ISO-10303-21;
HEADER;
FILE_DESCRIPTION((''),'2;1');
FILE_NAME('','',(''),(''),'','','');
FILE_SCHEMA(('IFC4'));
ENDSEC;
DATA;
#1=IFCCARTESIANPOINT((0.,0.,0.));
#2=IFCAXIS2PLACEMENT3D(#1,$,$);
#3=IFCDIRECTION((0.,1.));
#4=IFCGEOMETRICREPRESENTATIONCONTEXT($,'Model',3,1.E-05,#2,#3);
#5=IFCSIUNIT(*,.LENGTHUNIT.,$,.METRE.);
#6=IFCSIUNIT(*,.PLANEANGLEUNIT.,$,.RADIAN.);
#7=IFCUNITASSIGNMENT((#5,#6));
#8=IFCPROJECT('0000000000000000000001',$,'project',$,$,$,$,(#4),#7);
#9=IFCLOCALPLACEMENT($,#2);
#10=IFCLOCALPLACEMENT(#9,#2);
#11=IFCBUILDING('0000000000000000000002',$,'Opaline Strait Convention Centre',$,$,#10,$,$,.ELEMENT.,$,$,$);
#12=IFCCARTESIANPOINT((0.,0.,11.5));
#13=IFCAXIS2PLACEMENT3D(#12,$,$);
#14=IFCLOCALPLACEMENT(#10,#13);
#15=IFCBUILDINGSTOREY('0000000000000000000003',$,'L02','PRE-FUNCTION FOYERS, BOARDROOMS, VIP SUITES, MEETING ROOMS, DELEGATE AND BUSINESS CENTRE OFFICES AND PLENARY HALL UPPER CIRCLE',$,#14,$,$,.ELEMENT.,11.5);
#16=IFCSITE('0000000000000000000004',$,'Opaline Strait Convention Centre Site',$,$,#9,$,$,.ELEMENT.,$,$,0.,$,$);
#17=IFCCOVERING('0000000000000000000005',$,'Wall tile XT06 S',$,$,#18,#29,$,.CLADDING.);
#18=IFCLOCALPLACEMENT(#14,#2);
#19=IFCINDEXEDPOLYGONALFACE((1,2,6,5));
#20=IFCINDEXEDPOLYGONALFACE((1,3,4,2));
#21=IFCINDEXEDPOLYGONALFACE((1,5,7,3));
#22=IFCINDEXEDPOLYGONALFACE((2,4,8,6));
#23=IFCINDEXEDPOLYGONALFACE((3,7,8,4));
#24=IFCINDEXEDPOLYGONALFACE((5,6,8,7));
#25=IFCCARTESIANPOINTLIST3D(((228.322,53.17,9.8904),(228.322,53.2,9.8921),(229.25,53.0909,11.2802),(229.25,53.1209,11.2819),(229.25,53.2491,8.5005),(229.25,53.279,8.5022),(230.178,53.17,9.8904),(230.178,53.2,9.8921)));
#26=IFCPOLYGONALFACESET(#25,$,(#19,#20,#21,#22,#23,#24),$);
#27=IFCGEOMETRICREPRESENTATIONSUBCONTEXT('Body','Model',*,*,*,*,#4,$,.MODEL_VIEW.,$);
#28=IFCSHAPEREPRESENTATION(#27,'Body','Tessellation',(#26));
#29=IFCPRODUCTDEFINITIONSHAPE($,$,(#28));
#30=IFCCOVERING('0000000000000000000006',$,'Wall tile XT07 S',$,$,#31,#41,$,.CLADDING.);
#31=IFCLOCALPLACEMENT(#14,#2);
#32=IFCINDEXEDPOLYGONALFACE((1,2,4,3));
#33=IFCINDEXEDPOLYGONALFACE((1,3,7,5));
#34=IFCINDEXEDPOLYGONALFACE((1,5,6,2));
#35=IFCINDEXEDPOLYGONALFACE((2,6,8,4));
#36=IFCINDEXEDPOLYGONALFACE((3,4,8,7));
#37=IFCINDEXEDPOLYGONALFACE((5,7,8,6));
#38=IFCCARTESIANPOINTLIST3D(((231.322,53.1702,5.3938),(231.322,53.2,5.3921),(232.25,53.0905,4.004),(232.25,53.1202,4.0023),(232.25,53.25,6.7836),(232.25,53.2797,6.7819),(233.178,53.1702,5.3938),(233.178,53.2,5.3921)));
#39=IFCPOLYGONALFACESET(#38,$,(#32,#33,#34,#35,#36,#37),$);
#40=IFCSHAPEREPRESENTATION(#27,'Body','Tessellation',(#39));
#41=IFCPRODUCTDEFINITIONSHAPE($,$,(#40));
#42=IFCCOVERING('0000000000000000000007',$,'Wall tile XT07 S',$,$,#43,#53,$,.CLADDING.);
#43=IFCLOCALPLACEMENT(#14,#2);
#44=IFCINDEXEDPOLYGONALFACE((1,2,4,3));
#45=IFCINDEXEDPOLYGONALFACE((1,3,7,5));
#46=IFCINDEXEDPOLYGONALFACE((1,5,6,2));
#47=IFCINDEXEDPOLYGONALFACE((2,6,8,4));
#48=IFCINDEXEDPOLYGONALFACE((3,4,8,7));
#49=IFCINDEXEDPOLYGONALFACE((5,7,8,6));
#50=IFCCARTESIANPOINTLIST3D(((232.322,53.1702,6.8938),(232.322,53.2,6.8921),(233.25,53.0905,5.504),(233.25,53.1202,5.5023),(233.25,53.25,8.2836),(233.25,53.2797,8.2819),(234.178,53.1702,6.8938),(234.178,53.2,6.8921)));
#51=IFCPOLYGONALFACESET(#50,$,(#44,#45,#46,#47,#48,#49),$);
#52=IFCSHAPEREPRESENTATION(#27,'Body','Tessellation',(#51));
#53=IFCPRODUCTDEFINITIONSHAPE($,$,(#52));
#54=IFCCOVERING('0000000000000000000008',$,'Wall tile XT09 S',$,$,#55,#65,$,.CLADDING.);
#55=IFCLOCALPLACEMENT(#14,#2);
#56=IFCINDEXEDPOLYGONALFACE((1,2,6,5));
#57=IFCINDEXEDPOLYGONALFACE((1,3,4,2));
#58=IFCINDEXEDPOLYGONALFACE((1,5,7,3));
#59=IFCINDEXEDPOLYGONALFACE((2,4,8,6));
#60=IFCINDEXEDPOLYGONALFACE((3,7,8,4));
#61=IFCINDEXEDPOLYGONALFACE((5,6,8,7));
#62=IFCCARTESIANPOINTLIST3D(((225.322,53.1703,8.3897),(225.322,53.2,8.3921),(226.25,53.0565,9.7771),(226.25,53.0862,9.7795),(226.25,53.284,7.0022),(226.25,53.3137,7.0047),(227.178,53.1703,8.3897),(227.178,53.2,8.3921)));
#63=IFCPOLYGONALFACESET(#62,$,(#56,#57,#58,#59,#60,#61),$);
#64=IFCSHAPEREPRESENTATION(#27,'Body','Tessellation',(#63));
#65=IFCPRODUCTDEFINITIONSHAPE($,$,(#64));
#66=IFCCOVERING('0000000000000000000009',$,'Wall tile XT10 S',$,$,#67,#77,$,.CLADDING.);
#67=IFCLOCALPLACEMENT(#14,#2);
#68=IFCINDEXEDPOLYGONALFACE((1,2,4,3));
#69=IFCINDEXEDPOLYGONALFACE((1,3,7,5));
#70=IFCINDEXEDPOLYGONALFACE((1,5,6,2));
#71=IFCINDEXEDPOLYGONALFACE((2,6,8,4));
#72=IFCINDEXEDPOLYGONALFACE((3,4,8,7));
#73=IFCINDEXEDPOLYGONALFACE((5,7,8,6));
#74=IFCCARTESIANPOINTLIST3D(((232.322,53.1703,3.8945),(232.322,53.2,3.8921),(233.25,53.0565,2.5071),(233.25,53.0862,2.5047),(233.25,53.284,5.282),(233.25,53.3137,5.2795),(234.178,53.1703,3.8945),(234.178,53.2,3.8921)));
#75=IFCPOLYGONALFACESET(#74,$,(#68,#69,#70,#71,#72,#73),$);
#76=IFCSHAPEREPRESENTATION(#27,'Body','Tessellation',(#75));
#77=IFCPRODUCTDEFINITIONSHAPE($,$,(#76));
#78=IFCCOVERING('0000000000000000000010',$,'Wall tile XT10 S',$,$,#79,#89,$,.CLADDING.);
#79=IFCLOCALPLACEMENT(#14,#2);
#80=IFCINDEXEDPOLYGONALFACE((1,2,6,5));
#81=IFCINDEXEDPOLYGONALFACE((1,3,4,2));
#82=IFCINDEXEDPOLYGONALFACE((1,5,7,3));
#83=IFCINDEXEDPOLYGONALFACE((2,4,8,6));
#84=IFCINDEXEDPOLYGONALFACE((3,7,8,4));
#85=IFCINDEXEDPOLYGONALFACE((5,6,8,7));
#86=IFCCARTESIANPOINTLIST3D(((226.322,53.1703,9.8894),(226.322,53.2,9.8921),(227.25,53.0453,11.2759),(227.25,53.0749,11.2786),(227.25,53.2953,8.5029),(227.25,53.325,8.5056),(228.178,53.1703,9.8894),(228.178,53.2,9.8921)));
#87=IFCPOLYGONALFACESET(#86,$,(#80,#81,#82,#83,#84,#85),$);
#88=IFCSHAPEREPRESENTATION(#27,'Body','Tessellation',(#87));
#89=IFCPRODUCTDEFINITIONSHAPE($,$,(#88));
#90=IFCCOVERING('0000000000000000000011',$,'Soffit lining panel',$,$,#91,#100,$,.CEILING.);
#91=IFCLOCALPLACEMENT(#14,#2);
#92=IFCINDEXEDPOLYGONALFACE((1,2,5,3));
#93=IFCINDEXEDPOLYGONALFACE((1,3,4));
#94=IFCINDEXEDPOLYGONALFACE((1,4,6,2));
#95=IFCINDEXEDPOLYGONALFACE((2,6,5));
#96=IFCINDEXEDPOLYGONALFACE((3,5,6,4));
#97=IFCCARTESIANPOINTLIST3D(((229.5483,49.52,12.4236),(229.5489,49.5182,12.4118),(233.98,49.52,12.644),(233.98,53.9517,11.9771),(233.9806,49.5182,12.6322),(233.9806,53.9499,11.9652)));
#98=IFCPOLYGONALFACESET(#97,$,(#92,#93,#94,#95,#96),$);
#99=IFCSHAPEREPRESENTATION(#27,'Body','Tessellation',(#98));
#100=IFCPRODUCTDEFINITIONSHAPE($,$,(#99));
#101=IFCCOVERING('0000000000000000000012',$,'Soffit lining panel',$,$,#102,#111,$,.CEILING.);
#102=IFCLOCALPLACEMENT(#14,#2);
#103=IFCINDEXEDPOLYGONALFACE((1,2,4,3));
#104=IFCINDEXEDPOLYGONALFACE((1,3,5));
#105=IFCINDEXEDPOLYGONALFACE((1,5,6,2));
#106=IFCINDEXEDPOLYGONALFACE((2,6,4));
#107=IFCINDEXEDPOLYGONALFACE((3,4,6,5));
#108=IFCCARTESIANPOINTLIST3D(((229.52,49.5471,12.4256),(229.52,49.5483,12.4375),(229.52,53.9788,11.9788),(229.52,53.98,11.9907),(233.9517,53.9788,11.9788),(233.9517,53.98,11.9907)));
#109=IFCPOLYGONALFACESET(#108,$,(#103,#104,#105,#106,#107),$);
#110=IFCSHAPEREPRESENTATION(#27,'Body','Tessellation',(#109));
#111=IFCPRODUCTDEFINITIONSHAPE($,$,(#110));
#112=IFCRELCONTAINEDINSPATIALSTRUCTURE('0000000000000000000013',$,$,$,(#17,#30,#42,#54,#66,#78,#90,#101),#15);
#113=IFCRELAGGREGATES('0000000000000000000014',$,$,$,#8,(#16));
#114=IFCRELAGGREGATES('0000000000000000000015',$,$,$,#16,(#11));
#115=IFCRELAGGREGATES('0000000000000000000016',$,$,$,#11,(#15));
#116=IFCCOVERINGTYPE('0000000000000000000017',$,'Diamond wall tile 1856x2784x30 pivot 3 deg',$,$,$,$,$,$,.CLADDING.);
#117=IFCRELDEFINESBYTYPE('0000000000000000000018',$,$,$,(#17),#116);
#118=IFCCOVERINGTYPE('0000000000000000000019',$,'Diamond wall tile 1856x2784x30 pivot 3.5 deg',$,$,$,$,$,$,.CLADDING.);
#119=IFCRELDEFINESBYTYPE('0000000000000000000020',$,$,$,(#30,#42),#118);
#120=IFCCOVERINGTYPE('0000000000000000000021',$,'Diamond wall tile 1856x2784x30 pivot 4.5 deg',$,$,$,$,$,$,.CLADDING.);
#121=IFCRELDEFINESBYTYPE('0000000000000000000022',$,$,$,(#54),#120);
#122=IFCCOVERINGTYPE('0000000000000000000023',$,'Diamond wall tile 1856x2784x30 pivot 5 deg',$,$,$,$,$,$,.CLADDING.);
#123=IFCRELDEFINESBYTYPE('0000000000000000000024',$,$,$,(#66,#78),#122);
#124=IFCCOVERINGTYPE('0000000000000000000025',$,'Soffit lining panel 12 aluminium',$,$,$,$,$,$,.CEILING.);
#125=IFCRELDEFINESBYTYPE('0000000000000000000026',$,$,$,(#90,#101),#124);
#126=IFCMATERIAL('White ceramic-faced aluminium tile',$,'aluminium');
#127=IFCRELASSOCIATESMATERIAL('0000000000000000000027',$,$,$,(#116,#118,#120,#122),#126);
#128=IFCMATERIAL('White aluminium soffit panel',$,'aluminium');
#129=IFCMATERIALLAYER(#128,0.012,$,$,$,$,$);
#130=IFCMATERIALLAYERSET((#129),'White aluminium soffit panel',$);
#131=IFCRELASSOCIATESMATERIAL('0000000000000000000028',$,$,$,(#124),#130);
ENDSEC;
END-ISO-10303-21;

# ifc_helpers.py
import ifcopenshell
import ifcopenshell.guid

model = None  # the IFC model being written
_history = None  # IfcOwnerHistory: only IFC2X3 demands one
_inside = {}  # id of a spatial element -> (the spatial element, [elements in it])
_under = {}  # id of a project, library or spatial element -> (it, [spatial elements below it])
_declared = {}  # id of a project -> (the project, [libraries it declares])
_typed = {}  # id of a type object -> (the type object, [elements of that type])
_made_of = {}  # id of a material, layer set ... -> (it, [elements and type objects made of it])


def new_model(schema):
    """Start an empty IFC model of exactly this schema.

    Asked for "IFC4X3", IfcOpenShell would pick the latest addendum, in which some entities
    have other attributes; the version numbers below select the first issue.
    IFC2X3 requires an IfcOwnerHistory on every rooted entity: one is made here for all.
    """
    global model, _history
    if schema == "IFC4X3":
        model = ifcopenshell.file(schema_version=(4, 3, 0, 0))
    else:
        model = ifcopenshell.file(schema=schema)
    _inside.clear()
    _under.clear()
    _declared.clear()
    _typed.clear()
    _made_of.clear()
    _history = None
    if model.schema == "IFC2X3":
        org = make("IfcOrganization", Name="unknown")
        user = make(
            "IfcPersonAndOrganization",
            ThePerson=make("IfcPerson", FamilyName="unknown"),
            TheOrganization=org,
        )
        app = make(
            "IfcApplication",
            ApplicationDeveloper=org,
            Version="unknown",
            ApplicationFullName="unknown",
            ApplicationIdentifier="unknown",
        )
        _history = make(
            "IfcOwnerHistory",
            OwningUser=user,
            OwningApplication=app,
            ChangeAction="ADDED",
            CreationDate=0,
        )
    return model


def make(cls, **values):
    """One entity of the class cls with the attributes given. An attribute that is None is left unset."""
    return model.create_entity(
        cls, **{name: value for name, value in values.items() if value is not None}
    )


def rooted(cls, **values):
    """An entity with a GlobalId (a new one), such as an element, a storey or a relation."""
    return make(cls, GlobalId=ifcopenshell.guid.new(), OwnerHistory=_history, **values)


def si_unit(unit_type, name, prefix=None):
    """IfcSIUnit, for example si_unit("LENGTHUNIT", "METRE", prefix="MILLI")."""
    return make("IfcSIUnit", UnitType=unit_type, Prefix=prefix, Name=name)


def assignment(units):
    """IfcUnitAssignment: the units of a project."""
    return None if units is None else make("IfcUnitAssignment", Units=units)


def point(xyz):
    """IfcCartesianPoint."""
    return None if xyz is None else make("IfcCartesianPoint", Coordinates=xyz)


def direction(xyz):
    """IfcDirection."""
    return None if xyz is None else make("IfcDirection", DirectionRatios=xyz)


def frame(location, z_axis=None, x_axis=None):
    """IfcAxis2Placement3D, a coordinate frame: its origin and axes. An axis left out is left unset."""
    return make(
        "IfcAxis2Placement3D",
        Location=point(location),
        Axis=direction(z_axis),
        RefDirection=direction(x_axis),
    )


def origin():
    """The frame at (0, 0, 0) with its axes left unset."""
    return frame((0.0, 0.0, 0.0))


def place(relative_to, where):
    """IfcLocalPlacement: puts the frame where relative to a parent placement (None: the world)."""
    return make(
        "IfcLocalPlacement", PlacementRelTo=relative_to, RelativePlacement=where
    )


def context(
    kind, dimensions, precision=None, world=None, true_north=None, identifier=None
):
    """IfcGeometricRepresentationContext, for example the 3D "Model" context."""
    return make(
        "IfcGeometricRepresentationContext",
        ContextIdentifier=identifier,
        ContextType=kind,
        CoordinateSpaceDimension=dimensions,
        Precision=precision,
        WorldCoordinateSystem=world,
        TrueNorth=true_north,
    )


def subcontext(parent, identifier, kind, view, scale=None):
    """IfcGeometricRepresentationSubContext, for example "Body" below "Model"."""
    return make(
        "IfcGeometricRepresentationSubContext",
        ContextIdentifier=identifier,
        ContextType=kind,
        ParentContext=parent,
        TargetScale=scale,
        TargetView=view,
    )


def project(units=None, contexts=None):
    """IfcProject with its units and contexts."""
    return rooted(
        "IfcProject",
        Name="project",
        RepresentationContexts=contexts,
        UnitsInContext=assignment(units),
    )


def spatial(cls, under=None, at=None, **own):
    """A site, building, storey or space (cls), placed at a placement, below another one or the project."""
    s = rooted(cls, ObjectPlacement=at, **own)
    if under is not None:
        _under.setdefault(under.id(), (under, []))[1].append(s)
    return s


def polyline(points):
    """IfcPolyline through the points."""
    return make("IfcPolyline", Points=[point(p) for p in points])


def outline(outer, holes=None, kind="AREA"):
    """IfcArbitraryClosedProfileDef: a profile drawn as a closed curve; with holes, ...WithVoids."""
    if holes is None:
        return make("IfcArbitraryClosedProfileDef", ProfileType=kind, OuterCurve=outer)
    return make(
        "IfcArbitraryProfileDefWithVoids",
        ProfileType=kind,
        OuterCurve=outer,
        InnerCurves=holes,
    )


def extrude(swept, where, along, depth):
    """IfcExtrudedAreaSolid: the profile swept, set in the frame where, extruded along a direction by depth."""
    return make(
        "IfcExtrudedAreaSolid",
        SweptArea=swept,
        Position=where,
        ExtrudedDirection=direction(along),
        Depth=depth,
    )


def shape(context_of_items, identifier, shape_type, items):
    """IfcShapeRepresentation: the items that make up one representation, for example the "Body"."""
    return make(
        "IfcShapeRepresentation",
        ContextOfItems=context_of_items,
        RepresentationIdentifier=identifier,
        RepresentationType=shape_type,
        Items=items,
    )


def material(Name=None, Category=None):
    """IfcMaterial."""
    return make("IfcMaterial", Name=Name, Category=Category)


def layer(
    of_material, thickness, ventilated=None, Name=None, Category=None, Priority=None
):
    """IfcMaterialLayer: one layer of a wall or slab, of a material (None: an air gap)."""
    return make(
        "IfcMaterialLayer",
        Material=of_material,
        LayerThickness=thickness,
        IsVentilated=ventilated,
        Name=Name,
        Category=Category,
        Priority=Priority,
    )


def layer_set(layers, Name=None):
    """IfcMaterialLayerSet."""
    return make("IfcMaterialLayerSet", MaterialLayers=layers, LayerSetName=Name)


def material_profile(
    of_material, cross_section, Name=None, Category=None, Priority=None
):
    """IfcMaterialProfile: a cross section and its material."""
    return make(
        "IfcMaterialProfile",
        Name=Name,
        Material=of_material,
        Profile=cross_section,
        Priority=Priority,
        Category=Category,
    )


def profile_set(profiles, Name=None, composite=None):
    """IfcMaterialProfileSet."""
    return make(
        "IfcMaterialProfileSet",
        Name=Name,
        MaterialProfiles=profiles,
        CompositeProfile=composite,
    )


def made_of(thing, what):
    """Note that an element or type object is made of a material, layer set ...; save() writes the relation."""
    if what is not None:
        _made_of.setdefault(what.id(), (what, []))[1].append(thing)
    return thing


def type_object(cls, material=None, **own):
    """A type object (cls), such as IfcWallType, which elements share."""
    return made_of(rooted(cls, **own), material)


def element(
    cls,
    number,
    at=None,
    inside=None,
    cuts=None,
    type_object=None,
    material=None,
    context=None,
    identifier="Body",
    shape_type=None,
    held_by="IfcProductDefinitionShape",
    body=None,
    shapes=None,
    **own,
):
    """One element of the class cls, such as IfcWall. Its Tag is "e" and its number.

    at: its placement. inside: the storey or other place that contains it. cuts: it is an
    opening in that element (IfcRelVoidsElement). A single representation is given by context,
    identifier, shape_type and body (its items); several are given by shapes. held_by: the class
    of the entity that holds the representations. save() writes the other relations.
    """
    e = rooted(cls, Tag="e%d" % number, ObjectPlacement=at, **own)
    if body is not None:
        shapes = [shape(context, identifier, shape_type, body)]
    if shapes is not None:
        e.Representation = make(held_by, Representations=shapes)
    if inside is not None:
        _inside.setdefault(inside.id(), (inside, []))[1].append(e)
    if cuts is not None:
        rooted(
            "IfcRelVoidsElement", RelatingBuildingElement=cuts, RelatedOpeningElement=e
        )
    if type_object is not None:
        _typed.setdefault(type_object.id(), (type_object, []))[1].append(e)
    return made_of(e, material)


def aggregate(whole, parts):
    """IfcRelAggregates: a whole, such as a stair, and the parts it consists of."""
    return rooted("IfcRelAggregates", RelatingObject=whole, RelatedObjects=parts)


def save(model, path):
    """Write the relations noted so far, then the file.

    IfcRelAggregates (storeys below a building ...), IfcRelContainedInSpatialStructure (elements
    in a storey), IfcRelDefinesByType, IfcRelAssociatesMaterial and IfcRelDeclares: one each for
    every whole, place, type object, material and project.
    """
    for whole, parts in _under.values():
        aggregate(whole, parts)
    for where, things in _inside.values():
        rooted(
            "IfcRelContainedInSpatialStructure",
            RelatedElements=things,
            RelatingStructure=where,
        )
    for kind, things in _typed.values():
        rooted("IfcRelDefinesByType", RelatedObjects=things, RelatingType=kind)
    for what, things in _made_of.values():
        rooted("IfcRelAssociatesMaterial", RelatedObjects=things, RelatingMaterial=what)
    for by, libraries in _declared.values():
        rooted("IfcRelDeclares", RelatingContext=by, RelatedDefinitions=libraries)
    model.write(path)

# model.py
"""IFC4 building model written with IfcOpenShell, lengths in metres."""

from ifc_helpers import new_model, si_unit, direction, frame, origin, place, context, subcontext, project, spatial, polyline, outline, extrude, material, layer, layer_set, material_profile, profile_set, type_object, element, save


model = new_model("IFC4")

# Units and contexts
model_context = context("Model", 3, precision=1e-05, world=origin(), true_north=direction((0.0, 1.0)))
body_context = subcontext(model_context, "Body", "Model", "MODEL_VIEW")
ifc_project = project(units=[si_unit("LENGTHUNIT", "METRE"), si_unit("PLANEANGLEUNIT", "RADIAN")], contexts=[model_context])

# Site, building, storey
site_placement = place(None, origin())
site = spatial("IfcSite", under=ifc_project, at=site_placement, Name="Opaline Strait Convention Centre Site", CompositionType="ELEMENT", RefElevation=0.0)
building_placement = place(site_placement, origin())
building = spatial("IfcBuilding", under=site, at=building_placement, Name="Opaline Strait Convention Centre", CompositionType="ELEMENT")
storey_placement = place(building_placement, frame((0.0, 0.0, 11.5)))
storey = spatial("IfcBuildingStorey", under=building, at=storey_placement, Name="L02", Description="PRE-FUNCTION FOYERS, BOARDROOMS, VIP SUITES, MEETING ROOMS, DELEGATE AND BUSINESS CENTRE OFFICES AND PLENARY HALL UPPER CIRCLE", CompositionType="ELEMENT", Elevation=11.5)

# Coverings
ifc_material_1 = material(Name="White ceramic-faced aluminium tile", Category="aluminium")
ifc_material_profile_1 = material_profile(ifc_material_1, outline(polyline([(0.928, 0.0), (0.0, 1.3921), (-0.928, 0.0), (0.0, -1.3921), (0.928, 0.0)])), Name="Diamond tile 1856x2784")
ifc_profile_set_1 = profile_set([ifc_material_profile_1], Name="White ceramic-faced aluminium tile")
covering_type_1 = type_object("IfcCoveringType", Name="Diamond wall tile 1856x2784x30 pivot 3 deg", PredefinedType="CLADDING", material=ifc_profile_set_1)
for number, where, z_axis, x_axis, name in (
    (1, (229.25, 53.2, 9.8921), (0.0, -0.998385, -0.056819), (1.0, 0.0, 0.0), "Wall tile XT06 S"),
):
    element("IfcCovering", number, at=place(storey_placement, frame(where, z_axis=z_axis, x_axis=x_axis)), inside=storey, type_object=covering_type_1, Name=name, PredefinedType="CLADDING", context=body_context, shape_type="SweptSolid", body=[
        extrude(outline(polyline([(0.928, 0.0), (0.0, 1.3921), (-0.928, 0.0), (0.0, -1.3921), (0.928, 0.0)])), origin(), (0.0, 0.0, 1.0), 0.03),
    ])
ifc_material_profile_2 = material_profile(ifc_material_1, outline(polyline([(0.928, 0.0), (0.0, 1.3921), (-0.928, 0.0), (0.0, -1.3921), (0.928, 0.0)])), Name="Diamond tile 1856x2784")
ifc_profile_set_2 = profile_set([ifc_material_profile_2], Name="White ceramic-faced aluminium tile")
covering_type_2 = type_object("IfcCoveringType", Name="Diamond wall tile 1856x2784x30 pivot 3.5 deg", PredefinedType="CLADDING", material=ifc_profile_set_2)
for number, where, z_axis, x_axis, name in (
    (2, (232.25, 53.2, 5.3921), (0.0, -0.998358, 0.057283), (1.0, 0.0, 0.0), "Wall tile XT07 S"),
    (3, (233.25, 53.2, 6.8921), (0.0, -0.998358, 0.057283), (1.0, 0.0, 0.0), "Wall tile XT07 S"),
):
    element("IfcCovering", number, at=place(storey_placement, frame(where, z_axis=z_axis, x_axis=x_axis)), inside=storey, type_object=covering_type_2, Name=name, PredefinedType="CLADDING", context=body_context, shape_type="SweptSolid", body=[
        extrude(outline(polyline([(0.928, 0.0), (0.0, 1.3921), (-0.928, 0.0), (0.0, -1.3921), (0.928, 0.0)])), origin(), (0.0, 0.0, 1.0), 0.0298),
    ])
ifc_material_profile_3 = material_profile(ifc_material_1, outline(polyline([(0.928, 0.0), (0.0, 1.3921), (-0.928, 0.0), (0.0, -1.3921), (0.928, 0.0)])), Name="Diamond tile 1856x2784")
ifc_profile_set_3 = profile_set([ifc_material_profile_3], Name="White ceramic-faced aluminium tile")
covering_type_3 = type_object("IfcCoveringType", Name="Diamond wall tile 1856x2784x30 pivot 4.5 deg", PredefinedType="CLADDING", material=ifc_profile_set_3)
covering_1_placement = place(storey_placement, frame((226.25, 53.2, 8.3921), z_axis=(0.0, -0.996658, -0.081693), x_axis=(1.0, 0.0, 0.0)))
element("IfcCovering", 4, at=covering_1_placement, inside=storey, type_object=covering_type_3, Name="Wall tile XT09 S", PredefinedType="CLADDING", context=body_context, shape_type="SweptSolid", body=[
    extrude(outline(polyline([(0.928, 0.0), (0.0, 1.3921), (-0.928, 0.0), (0.0, -1.3921), (0.928, 0.0)])), origin(), (0.0, 0.0, 1.0), 0.0298),
])
ifc_material_profile_4 = material_profile(ifc_material_1, outline(polyline([(0.928, 0.0), (0.0, 1.3921), (-0.928, 0.0), (0.0, -1.3921), (0.928, 0.0)])), Name="Diamond tile 1856x2784")
ifc_profile_set_4 = profile_set([ifc_material_profile_4], Name="White ceramic-faced aluminium tile")
covering_type_4 = type_object("IfcCoveringType", Name="Diamond wall tile 1856x2784x30 pivot 5 deg", PredefinedType="CLADDING", material=ifc_profile_set_4)
for number, where, z_axis, x_axis, name in (
    (5, (233.25, 53.2, 3.8921), (0.0, -0.996658, 0.081693), (1.0, 0.0, 0.0), "Wall tile XT10 S"),
    (6, (227.25, 53.2, 9.8921), (0.0, -0.99596, -0.0898), (1.0, 0.0, 0.0), "Wall tile XT10 S"),
):
    element("IfcCovering", number, at=place(storey_placement, frame(where, z_axis=z_axis, x_axis=x_axis)), inside=storey, type_object=covering_type_4, Name=name, PredefinedType="CLADDING", context=body_context, shape_type="SweptSolid", body=[
        extrude(outline(polyline([(0.928, 0.0), (0.0, 1.3921), (-0.928, 0.0), (0.0, -1.3921), (0.928, 0.0)])), origin(), (0.0, 0.0, 1.0), 0.0298),
    ])
ifc_material_2 = material(Name="White aluminium soffit panel", Category="aluminium")
ifc_layer = layer(ifc_material_2, 0.012)
ifc_layer_set = layer_set([ifc_layer], Name="White aluminium soffit panel")
covering_type_5 = type_object("IfcCoveringType", Name="Soffit lining panel 12 aluminium", PredefinedType="CEILING", material=ifc_layer_set)
covering_2_placement = place(storey_placement, frame((229.5483, 49.52, 12.4236), z_axis=(-0.049133, 0.148651, 0.987668), x_axis=(0.705319, 0.705319, -0.071068)))
element("IfcCovering", 7, at=covering_2_placement, inside=storey, type_object=covering_type_5, Name="Soffit lining panel", PredefinedType="CEILING", context=body_context, shape_type="SweptSolid", body=[
    extrude(outline(polyline([(0.0, 0.0), (6.2832, 0.0), (3.1101, -3.1647), (0.0, 0.0)])), origin(), (0.0, 0.0, -1.0), 0.012),
])
covering_3_placement = place(storey_placement, frame((229.52, 49.5483, 12.4375), z_axis=(0.0, 0.100307, 0.994957), x_axis=(0.0, 0.994957, -0.100307)))
element("IfcCovering", 8, at=covering_3_placement, inside=storey, type_object=covering_type_5, Name="Soffit lining panel", PredefinedType="CEILING", context=body_context, shape_type="SweptSolid", body=[
    extrude(outline(polyline([(0.0, 0.0), (4.4541, 0.0), (4.4541, -4.4316), (0.0, 0.0)])), origin(), (0.0, 0.0, -1.0), 0.012),
])

save(model, "model.ifc")
